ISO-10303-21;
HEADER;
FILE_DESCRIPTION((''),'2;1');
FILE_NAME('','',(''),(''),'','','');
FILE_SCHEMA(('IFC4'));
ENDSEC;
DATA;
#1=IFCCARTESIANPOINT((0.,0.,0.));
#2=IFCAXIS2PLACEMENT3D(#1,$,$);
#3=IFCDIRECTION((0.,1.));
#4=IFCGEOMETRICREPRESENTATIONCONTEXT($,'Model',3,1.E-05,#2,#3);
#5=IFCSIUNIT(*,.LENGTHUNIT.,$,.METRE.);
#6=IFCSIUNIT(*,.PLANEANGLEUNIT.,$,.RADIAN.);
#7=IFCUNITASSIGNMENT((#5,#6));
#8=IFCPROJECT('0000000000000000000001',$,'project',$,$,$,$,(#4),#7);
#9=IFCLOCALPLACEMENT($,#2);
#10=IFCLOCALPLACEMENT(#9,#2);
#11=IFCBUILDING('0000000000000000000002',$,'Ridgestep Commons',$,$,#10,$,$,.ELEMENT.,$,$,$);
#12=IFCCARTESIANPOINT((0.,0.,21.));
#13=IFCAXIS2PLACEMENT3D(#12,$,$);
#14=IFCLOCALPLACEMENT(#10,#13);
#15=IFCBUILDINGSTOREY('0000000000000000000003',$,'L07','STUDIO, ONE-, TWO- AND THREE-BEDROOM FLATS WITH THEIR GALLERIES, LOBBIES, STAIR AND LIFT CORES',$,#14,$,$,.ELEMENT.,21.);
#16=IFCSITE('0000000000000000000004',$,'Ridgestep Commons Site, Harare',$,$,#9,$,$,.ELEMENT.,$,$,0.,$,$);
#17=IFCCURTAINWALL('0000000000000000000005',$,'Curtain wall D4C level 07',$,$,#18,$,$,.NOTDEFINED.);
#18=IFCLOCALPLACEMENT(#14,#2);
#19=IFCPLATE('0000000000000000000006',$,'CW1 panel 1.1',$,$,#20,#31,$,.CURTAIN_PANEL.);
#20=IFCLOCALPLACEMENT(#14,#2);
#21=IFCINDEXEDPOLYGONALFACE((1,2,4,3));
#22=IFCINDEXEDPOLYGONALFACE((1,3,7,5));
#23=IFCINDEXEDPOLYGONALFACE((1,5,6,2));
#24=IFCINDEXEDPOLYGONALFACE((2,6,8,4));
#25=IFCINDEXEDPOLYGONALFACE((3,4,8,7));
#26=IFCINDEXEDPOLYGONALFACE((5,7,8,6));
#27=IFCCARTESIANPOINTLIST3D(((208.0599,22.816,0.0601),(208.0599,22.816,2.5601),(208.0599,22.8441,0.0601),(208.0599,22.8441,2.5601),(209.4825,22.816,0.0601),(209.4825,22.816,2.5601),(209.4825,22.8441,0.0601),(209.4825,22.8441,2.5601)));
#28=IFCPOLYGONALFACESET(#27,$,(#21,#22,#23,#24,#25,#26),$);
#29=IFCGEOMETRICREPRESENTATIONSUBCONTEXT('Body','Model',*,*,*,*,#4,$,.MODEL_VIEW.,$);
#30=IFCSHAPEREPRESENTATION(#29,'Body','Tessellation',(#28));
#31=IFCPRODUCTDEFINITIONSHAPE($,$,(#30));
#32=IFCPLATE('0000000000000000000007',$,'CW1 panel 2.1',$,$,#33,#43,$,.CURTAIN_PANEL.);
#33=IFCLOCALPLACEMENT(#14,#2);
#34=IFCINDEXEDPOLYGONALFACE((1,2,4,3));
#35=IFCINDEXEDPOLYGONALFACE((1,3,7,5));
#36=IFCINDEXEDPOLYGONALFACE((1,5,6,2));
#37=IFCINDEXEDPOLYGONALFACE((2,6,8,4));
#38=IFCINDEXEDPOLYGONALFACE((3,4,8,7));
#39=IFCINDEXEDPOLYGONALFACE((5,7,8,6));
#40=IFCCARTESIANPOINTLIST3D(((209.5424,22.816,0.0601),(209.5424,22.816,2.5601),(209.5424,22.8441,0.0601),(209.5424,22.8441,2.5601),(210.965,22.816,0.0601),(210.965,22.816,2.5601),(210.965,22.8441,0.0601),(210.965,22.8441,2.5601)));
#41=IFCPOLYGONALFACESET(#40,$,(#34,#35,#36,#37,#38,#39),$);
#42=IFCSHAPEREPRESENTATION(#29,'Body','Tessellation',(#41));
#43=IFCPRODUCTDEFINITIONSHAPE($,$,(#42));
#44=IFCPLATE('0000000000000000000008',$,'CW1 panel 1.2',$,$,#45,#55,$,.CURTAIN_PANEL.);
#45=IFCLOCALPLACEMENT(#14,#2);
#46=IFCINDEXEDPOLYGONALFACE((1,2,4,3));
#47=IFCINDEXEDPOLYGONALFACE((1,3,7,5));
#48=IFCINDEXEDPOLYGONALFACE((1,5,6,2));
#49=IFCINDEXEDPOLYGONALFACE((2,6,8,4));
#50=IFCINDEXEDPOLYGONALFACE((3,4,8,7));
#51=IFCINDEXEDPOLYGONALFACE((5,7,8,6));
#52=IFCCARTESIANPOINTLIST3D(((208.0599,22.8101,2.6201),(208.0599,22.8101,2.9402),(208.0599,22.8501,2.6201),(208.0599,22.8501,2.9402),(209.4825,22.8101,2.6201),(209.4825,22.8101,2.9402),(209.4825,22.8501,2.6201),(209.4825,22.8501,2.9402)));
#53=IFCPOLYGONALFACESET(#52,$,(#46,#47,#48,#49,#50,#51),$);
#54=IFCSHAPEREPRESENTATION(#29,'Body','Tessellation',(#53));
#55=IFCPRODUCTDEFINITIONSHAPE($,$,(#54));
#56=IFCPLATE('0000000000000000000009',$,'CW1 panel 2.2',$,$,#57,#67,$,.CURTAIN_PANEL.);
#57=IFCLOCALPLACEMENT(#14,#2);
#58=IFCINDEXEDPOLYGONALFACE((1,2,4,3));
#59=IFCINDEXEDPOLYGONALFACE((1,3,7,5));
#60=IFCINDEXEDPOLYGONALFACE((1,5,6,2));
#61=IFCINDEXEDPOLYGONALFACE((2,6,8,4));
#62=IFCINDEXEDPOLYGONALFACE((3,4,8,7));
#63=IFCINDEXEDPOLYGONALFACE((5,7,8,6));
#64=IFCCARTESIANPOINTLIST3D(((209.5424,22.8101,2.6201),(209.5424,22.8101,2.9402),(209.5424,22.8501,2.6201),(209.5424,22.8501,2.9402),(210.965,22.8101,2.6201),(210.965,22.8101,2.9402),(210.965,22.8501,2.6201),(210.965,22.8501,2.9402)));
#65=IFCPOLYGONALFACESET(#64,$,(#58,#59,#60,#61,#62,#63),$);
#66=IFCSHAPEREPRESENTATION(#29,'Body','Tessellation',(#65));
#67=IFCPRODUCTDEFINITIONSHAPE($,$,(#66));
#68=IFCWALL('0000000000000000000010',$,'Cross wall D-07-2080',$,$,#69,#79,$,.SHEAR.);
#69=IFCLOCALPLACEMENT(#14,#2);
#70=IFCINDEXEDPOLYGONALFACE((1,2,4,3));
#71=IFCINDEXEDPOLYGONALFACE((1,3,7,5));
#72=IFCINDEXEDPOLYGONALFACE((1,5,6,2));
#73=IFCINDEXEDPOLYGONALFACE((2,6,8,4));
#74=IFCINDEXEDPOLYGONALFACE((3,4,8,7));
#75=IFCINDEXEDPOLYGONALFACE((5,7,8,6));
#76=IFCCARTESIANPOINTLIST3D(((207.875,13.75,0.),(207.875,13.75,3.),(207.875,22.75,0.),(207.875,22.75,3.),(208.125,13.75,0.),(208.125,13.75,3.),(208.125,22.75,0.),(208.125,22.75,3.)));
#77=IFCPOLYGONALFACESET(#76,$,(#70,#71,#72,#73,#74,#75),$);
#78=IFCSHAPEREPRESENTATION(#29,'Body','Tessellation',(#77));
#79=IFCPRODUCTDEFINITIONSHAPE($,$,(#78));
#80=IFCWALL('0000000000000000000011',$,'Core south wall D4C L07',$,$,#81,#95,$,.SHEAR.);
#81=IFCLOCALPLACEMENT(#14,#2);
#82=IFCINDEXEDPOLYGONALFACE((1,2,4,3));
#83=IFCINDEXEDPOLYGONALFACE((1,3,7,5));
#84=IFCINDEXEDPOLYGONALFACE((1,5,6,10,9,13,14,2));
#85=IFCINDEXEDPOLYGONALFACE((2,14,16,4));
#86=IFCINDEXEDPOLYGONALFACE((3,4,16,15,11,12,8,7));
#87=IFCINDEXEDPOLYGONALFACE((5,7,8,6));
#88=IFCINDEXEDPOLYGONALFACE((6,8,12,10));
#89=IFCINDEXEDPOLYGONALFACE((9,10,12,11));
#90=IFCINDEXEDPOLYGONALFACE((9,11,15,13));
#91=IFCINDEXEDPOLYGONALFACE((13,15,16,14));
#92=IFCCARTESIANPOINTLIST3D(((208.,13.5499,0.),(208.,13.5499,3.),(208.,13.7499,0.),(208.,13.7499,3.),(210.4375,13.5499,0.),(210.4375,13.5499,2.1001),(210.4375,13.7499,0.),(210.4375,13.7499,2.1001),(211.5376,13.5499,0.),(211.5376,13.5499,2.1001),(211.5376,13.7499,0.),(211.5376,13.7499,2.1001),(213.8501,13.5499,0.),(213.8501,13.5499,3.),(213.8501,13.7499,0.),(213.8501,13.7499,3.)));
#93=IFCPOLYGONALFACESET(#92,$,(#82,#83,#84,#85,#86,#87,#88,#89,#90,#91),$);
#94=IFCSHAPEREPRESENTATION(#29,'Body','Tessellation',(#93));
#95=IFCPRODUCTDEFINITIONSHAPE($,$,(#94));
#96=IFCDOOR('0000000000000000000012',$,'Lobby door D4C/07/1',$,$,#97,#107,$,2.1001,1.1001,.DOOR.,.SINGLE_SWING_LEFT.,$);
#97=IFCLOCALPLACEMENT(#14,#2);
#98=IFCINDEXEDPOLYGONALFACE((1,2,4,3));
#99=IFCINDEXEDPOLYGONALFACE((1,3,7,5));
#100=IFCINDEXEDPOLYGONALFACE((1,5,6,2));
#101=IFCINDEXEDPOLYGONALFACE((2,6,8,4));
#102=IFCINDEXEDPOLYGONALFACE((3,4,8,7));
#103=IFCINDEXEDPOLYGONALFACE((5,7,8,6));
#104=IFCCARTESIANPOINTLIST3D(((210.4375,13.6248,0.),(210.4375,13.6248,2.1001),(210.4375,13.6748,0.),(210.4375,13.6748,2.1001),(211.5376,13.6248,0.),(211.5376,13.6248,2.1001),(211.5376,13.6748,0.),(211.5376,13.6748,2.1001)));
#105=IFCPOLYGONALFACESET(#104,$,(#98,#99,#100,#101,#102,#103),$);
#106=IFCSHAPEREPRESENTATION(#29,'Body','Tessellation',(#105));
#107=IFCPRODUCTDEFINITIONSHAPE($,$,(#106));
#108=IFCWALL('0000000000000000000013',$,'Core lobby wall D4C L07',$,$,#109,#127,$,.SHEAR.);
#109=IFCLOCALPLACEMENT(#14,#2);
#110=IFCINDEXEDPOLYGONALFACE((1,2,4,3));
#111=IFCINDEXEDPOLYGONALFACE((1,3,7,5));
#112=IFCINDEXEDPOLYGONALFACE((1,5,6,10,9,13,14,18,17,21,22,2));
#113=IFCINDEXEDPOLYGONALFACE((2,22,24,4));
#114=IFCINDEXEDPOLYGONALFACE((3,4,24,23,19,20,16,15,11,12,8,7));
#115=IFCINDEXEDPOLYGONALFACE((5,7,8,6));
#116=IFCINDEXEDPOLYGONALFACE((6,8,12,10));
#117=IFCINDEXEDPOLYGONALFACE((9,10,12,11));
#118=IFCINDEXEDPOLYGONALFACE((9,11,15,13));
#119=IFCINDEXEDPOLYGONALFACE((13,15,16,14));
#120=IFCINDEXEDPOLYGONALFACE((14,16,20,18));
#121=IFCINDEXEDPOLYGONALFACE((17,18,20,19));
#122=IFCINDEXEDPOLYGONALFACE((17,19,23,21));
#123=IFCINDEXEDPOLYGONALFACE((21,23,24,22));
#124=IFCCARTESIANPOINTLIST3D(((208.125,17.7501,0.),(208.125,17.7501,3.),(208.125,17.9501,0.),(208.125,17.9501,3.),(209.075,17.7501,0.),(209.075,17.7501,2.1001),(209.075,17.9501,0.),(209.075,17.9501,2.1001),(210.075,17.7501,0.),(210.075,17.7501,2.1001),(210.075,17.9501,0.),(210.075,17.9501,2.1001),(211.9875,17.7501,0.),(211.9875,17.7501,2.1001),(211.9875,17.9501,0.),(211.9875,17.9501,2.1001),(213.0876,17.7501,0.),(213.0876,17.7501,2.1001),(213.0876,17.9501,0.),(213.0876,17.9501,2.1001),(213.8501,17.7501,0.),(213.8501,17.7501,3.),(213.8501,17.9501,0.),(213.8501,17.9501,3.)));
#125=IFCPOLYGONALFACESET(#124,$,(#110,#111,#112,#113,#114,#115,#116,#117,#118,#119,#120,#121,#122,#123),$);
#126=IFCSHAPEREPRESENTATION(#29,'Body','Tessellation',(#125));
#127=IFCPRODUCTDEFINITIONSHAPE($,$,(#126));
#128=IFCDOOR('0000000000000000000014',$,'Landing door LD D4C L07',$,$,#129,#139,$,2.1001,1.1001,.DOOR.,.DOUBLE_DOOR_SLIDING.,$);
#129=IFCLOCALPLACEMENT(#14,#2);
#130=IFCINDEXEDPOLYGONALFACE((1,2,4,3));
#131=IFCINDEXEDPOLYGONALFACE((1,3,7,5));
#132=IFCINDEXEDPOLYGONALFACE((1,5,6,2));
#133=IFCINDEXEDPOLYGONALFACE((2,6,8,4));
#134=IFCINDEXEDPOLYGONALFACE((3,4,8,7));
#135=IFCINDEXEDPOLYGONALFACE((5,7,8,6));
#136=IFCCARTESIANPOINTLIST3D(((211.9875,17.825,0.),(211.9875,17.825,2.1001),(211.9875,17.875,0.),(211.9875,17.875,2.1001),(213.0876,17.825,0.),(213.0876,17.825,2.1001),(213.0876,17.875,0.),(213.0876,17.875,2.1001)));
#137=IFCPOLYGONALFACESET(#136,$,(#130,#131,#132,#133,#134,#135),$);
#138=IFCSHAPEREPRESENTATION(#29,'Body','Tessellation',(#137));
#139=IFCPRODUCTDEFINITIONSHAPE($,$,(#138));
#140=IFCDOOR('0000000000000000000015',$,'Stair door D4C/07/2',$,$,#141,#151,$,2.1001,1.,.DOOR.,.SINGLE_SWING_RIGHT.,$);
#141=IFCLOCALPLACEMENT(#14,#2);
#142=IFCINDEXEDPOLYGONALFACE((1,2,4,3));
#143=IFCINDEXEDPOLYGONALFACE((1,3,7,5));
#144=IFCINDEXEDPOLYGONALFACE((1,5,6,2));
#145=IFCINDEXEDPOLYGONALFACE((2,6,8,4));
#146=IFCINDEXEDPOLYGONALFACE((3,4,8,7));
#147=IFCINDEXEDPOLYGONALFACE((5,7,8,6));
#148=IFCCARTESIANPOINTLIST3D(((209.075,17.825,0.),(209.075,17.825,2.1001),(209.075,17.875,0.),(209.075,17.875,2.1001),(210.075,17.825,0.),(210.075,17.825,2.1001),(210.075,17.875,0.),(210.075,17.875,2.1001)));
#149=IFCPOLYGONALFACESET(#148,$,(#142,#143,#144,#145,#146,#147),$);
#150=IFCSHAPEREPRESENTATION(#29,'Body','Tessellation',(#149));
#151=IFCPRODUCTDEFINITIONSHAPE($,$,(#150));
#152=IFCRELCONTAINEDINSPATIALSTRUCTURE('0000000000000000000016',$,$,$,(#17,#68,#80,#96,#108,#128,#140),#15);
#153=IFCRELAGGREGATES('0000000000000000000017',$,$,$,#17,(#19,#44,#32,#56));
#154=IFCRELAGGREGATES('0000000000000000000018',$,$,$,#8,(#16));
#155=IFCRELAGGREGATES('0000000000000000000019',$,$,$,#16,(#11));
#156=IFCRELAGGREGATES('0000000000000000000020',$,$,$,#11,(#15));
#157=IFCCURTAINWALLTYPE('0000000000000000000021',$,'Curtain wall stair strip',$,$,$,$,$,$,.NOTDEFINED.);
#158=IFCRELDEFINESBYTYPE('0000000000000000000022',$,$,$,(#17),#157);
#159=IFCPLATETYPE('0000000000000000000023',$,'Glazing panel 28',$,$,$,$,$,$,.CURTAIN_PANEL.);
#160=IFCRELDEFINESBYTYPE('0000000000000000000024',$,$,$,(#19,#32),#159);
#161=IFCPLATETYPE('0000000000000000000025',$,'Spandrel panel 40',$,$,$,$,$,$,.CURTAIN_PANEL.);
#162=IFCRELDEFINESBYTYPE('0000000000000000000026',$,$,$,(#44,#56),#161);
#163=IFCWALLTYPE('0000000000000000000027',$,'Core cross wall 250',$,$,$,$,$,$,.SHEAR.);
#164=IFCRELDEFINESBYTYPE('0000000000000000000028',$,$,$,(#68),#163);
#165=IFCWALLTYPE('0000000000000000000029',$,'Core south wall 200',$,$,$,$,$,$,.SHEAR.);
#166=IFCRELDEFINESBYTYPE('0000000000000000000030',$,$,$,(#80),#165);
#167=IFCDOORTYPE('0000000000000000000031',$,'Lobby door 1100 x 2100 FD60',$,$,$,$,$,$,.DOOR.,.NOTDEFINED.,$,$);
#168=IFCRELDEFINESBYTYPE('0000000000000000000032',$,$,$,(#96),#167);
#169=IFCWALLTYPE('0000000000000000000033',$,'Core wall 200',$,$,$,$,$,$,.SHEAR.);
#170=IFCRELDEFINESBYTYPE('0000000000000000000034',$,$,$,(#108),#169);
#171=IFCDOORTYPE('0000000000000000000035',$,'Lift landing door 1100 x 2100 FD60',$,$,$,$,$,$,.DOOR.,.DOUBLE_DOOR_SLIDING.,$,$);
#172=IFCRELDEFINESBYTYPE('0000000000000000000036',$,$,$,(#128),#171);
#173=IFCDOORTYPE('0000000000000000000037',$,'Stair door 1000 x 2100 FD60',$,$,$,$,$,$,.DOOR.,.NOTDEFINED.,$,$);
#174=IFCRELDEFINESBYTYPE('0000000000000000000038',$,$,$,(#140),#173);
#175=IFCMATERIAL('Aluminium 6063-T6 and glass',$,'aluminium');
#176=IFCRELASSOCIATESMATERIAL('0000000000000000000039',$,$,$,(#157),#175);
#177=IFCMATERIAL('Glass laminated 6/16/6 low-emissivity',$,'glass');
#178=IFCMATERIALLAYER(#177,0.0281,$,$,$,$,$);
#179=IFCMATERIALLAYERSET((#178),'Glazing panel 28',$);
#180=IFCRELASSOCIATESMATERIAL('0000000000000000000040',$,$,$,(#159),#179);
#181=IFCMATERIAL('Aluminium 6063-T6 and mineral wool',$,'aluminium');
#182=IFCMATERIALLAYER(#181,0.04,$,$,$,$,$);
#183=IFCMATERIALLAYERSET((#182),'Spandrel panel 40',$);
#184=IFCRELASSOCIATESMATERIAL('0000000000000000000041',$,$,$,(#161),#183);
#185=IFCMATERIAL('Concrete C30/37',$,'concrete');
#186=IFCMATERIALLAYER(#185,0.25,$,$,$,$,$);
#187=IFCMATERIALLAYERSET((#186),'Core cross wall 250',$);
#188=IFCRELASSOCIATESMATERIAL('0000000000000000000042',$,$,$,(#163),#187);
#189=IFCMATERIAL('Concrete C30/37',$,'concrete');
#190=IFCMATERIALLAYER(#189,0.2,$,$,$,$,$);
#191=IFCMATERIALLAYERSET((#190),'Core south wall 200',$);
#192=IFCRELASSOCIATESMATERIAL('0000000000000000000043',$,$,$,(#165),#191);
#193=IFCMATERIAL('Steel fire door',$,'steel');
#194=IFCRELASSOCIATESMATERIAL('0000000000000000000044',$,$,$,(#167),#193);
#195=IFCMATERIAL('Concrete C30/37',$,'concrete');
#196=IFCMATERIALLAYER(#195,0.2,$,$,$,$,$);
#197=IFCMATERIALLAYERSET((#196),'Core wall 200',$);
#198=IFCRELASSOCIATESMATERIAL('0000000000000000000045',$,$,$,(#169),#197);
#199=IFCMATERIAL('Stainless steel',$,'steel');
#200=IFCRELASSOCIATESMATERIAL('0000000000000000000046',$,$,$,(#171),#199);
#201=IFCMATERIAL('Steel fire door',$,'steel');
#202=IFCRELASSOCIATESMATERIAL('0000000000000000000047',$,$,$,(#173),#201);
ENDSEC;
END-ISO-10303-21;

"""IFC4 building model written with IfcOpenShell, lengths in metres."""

from ifc_helpers import new_model, si_unit, direction, frame, frame_2d, origin, origin_2d, place, context, subcontext, project, spatial, rectangle, extrude, material, layer, layer_set, type_object, element, fill, aggregate, save


model = new_model("IFC4")

# Units and contexts
model_context = context("Model", 3, precision=1e-05, world=origin(), true_north=direction((0.0, 1.0)))
body_context = subcontext(model_context, "Body", "Model", "MODEL_VIEW")
ifc_project = project(units=[si_unit("LENGTHUNIT", "METRE"), si_unit("PLANEANGLEUNIT", "RADIAN")], contexts=[model_context])

# Site, building, storey
site_placement = place(None, origin())
site = spatial("IfcSite", under=ifc_project, at=site_placement, Name="Ridgestep Commons Site, Harare", CompositionType="ELEMENT", RefElevation=0.0)
building_placement = place(site_placement, origin())
building = spatial("IfcBuilding", under=site, at=building_placement, Name="Ridgestep Commons", CompositionType="ELEMENT")
storey_placement = place(building_placement, frame((0.0, 0.0, 21.0)))
storey = spatial("IfcBuildingStorey", under=building, at=storey_placement, Name="L07", Description="STUDIO, ONE-, TWO- AND THREE-BEDROOM FLATS WITH THEIR GALLERIES, LOBBIES, STAIR AND LIFT CORES", CompositionType="ELEMENT", Elevation=21.0)

# Curtain wall
ifc_material_1 = material(Name="Aluminium 6063-T6 and glass", Category="aluminium")
curtain_wall_type = type_object("IfcCurtainWallType", Name="Curtain wall stair strip", PredefinedType="NOTDEFINED", material=ifc_material_1)
curtain_wall_placement = place(storey_placement, origin())
curtain_wall = element("IfcCurtainWall", 1, at=curtain_wall_placement, inside=storey, type_object=curtain_wall_type, Name="Curtain wall D4C level 07", PredefinedType="NOTDEFINED")

# Plates
ifc_material_2 = material(Name="Glass laminated 6/16/6 low-emissivity", Category="glass")
ifc_layer_1 = layer(ifc_material_2, 0.0281)
ifc_layer_set_1 = layer_set([ifc_layer_1], Name="Glazing panel 28")
plate_type_1 = type_object("IfcPlateType", Name="Glazing panel 28", PredefinedType="CURTAIN_PANEL", material=ifc_layer_set_1)
plate_1_placement = place(storey_placement, frame((208.7712, 22.8301, 0.0601), z_axis=(0.0, 0.0, 1.0), x_axis=(1.0, 0.0, 0.0)))
plate_1 = element("IfcPlate", 2, at=plate_1_placement, type_object=plate_type_1, Name="CW1 panel 1.1", PredefinedType="CURTAIN_PANEL", context=body_context, shape_type="SweptSolid", body=[
    extrude(rectangle(XDim=1.4226, YDim=0.0281, at=origin_2d()), origin(), (0.0, 0.0, 1.0), 2.5),
])
plate_2_placement = place(storey_placement, frame((210.2537, 22.8301, 0.0601), z_axis=(0.0, 0.0, 1.0), x_axis=(1.0, 0.0, 0.0)))
plate_2 = element("IfcPlate", 3, at=plate_2_placement, type_object=plate_type_1, Name="CW1 panel 2.1", PredefinedType="CURTAIN_PANEL", context=body_context, shape_type="SweptSolid", body=[
    extrude(rectangle(XDim=1.4226, YDim=0.0281, at=origin_2d()), origin(), (0.0, 0.0, 1.0), 2.5),
])
ifc_material_3 = material(Name="Aluminium 6063-T6 and mineral wool", Category="aluminium")
ifc_layer_2 = layer(ifc_material_3, 0.04)
ifc_layer_set_2 = layer_set([ifc_layer_2], Name="Spandrel panel 40")
plate_type_2 = type_object("IfcPlateType", Name="Spandrel panel 40", PredefinedType="CURTAIN_PANEL", material=ifc_layer_set_2)
plate_3_placement = place(storey_placement, frame((208.7712, 22.8301, 2.6201), z_axis=(0.0, 0.0, 1.0), x_axis=(1.0, 0.0, 0.0)))
plate_3 = element("IfcPlate", 4, at=plate_3_placement, type_object=plate_type_2, Name="CW1 panel 1.2", PredefinedType="CURTAIN_PANEL", context=body_context, shape_type="SweptSolid", body=[
    extrude(rectangle(XDim=1.4226, YDim=0.04, at=origin_2d()), origin(), (0.0, 0.0, 1.0), 0.3201),
])
plate_4_placement = place(storey_placement, frame((210.2537, 22.8301, 2.6201), z_axis=(0.0, 0.0, 1.0), x_axis=(1.0, 0.0, 0.0)))
plate_4 = element("IfcPlate", 5, at=plate_4_placement, type_object=plate_type_2, Name="CW1 panel 2.2", PredefinedType="CURTAIN_PANEL", context=body_context, shape_type="SweptSolid", body=[
    extrude(rectangle(XDim=1.4226, YDim=0.04, at=origin_2d()), origin(), (0.0, 0.0, 1.0), 0.3201),
])
aggregate(curtain_wall, [plate_1, plate_3, plate_2, plate_4])

# Wall
ifc_material_4 = material(Name="Concrete C30/37", Category="concrete")
ifc_layer_3 = layer(ifc_material_4, 0.25)
ifc_layer_set_3 = layer_set([ifc_layer_3], Name="Core cross wall 250")
wall_type_1 = type_object("IfcWallType", Name="Core cross wall 250", PredefinedType="SHEAR", material=ifc_layer_set_3)
wall_1_placement = place(storey_placement, frame((208.0, 13.75, 0.0), z_axis=(0.0, 0.0, 1.0), x_axis=(0.0, 1.0, 0.0)))
element("IfcWall", 6, at=wall_1_placement, inside=storey, type_object=wall_type_1, Name="Cross wall D-07-2080", PredefinedType="SHEAR", context=body_context, shape_type="SweptSolid", body=[
    extrude(rectangle(XDim=9.0, YDim=0.25, at=frame_2d((4.5, 0.0))), origin(), (0.0, 0.0, 1.0), 3.0),
])

# Wall, opening, door
ifc_material_5 = material(Name="Concrete C30/37", Category="concrete")
ifc_layer_4 = layer(ifc_material_5, 0.2)
ifc_layer_set_4 = layer_set([ifc_layer_4], Name="Core south wall 200")
wall_type_2 = type_object("IfcWallType", Name="Core south wall 200", PredefinedType="SHEAR", material=ifc_layer_set_4)
wall_2_placement = place(storey_placement, frame((208.0, 13.6499, 0.0), z_axis=(0.0, 0.0, 1.0), x_axis=(1.0, 0.0, 0.0)))
wall_2 = element("IfcWall", 7, at=wall_2_placement, inside=storey, type_object=wall_type_2, Name="Core south wall D4C L07", PredefinedType="SHEAR", context=body_context, shape_type="SweptSolid", body=[
    extrude(rectangle(XDim=5.8501, YDim=0.2, at=frame_2d((2.925, 0.0))), origin(), (0.0, 0.0, 1.0), 3.0),
])
opening_1_placement = place(wall_2_placement, frame((2.4375, 0.0, 0.0)))
opening_1 = element("IfcOpeningElement", 8, at=opening_1_placement, cuts=wall_2, PredefinedType="OPENING", context=body_context, shape_type="SweptSolid", body=[
    extrude(rectangle(XDim=1.1001, YDim=2.1001, at=frame_2d((0.55, 1.05))), frame((0.0, 0.1099, 0.0), z_axis=(0.0, -1.0, 0.0), x_axis=(1.0, 0.0, 0.0)), (0.0, 0.0, 1.0), 0.22),
])
ifc_material_6 = material(Name="Steel fire door", Category="steel")
door_type_1 = type_object("IfcDoorType", Name="Lobby door 1100 x 2100 FD60", OperationType="NOTDEFINED", PredefinedType="DOOR", material=ifc_material_6)
door_1_placement = place(opening_1_placement, origin())
door_1 = element("IfcDoor", 9, at=door_1_placement, inside=storey, type_object=door_type_1, Name="Lobby door D4C/07/1", OperationType="SINGLE_SWING_LEFT", OverallHeight=2.1001, OverallWidth=1.1001, PredefinedType="DOOR", context=body_context, shape_type="SweptSolid", body=[
    extrude(rectangle(XDim=1.1001, YDim=2.1001, at=frame_2d((0.55, 1.05))), frame((0.0, 0.0249, 0.0), z_axis=(0.0, -1.0, 0.0), x_axis=(1.0, 0.0, 0.0)), (0.0, 0.0, 1.0), 0.05),
])
fill(opening_1, door_1)

# Wall, openings, doors
ifc_material_7 = material(Name="Concrete C30/37", Category="concrete")
ifc_layer_5 = layer(ifc_material_7, 0.2)
ifc_layer_set_5 = layer_set([ifc_layer_5], Name="Core wall 200")
wall_type_3 = type_object("IfcWallType", Name="Core wall 200", PredefinedType="SHEAR", material=ifc_layer_set_5)
wall_3_placement = place(storey_placement, frame((208.125, 17.8501, 0.0), z_axis=(0.0, 0.0, 1.0), x_axis=(1.0, 0.0, 0.0)))
wall_3 = element("IfcWall", 10, at=wall_3_placement, inside=storey, type_object=wall_type_3, Name="Core lobby wall D4C L07", PredefinedType="SHEAR", context=body_context, shape_type="SweptSolid", body=[
    extrude(rectangle(XDim=5.7251, YDim=0.2, at=frame_2d((2.8625, 0.0))), origin(), (0.0, 0.0, 1.0), 3.0),
])
opening_2_placement = place(wall_3_placement, frame((0.95, 0.0, 0.0)))
opening_2 = element("IfcOpeningElement", 11, at=opening_2_placement, cuts=wall_3, PredefinedType="OPENING", context=body_context, shape_type="SweptSolid", body=[
    extrude(rectangle(XDim=1.0, YDim=2.1001, at=frame_2d((0.5, 1.05))), frame((0.0, 0.1099, 0.0), z_axis=(0.0, -1.0, 0.0), x_axis=(1.0, 0.0, 0.0)), (0.0, 0.0, 1.0), 0.22),
])
opening_3_placement = place(wall_3_placement, frame((3.8625, 0.0, 0.0)))
opening_3 = element("IfcOpeningElement", 12, at=opening_3_placement, cuts=wall_3, PredefinedType="OPENING", context=body_context, shape_type="SweptSolid", body=[
    extrude(rectangle(XDim=1.1001, YDim=2.1001, at=frame_2d((0.55, 1.05))), frame((0.0, 0.1099, 0.0), z_axis=(0.0, -1.0, 0.0), x_axis=(1.0, 0.0, 0.0)), (0.0, 0.0, 1.0), 0.22),
])
ifc_material_8 = material(Name="Stainless steel", Category="steel")
door_type_2 = type_object("IfcDoorType", Name="Lift landing door 1100 x 2100 FD60", OperationType="DOUBLE_DOOR_SLIDING", PredefinedType="DOOR", material=ifc_material_8)
door_2_placement = place(opening_3_placement, origin())
door_2 = element("IfcDoor", 13, at=door_2_placement, inside=storey, type_object=door_type_2, Name="Landing door LD D4C L07", OperationType="DOUBLE_DOOR_SLIDING", OverallHeight=2.1001, OverallWidth=1.1001, PredefinedType="DOOR", context=body_context, shape_type="SweptSolid", body=[
    extrude(rectangle(XDim=1.1001, YDim=2.1001, at=frame_2d((0.55, 1.05))), frame((0.0, 0.0249, 0.0), z_axis=(0.0, -1.0, 0.0), x_axis=(1.0, 0.0, 0.0)), (0.0, 0.0, 1.0), 0.05),
])
fill(opening_3, door_2)
ifc_material_9 = material(Name="Steel fire door", Category="steel")
door_type_3 = type_object("IfcDoorType", Name="Stair door 1000 x 2100 FD60", OperationType="NOTDEFINED", PredefinedType="DOOR", material=ifc_material_9)
door_3_placement = place(opening_2_placement, origin())
door_3 = element("IfcDoor", 14, at=door_3_placement, inside=storey, type_object=door_type_3, Name="Stair door D4C/07/2", OperationType="SINGLE_SWING_RIGHT", OverallHeight=2.1001, OverallWidth=1.0, PredefinedType="DOOR", context=body_context, shape_type="SweptSolid", body=[
    extrude(rectangle(XDim=1.0, YDim=2.1001, at=frame_2d((0.5, 1.05))), frame((0.0, 0.0249, 0.0), z_axis=(0.0, -1.0, 0.0), x_axis=(1.0, 0.0, 0.0)), (0.0, 0.0, 1.0), 0.05),
])
fill(opening_2, door_3)

save(model, "model.ifc")
